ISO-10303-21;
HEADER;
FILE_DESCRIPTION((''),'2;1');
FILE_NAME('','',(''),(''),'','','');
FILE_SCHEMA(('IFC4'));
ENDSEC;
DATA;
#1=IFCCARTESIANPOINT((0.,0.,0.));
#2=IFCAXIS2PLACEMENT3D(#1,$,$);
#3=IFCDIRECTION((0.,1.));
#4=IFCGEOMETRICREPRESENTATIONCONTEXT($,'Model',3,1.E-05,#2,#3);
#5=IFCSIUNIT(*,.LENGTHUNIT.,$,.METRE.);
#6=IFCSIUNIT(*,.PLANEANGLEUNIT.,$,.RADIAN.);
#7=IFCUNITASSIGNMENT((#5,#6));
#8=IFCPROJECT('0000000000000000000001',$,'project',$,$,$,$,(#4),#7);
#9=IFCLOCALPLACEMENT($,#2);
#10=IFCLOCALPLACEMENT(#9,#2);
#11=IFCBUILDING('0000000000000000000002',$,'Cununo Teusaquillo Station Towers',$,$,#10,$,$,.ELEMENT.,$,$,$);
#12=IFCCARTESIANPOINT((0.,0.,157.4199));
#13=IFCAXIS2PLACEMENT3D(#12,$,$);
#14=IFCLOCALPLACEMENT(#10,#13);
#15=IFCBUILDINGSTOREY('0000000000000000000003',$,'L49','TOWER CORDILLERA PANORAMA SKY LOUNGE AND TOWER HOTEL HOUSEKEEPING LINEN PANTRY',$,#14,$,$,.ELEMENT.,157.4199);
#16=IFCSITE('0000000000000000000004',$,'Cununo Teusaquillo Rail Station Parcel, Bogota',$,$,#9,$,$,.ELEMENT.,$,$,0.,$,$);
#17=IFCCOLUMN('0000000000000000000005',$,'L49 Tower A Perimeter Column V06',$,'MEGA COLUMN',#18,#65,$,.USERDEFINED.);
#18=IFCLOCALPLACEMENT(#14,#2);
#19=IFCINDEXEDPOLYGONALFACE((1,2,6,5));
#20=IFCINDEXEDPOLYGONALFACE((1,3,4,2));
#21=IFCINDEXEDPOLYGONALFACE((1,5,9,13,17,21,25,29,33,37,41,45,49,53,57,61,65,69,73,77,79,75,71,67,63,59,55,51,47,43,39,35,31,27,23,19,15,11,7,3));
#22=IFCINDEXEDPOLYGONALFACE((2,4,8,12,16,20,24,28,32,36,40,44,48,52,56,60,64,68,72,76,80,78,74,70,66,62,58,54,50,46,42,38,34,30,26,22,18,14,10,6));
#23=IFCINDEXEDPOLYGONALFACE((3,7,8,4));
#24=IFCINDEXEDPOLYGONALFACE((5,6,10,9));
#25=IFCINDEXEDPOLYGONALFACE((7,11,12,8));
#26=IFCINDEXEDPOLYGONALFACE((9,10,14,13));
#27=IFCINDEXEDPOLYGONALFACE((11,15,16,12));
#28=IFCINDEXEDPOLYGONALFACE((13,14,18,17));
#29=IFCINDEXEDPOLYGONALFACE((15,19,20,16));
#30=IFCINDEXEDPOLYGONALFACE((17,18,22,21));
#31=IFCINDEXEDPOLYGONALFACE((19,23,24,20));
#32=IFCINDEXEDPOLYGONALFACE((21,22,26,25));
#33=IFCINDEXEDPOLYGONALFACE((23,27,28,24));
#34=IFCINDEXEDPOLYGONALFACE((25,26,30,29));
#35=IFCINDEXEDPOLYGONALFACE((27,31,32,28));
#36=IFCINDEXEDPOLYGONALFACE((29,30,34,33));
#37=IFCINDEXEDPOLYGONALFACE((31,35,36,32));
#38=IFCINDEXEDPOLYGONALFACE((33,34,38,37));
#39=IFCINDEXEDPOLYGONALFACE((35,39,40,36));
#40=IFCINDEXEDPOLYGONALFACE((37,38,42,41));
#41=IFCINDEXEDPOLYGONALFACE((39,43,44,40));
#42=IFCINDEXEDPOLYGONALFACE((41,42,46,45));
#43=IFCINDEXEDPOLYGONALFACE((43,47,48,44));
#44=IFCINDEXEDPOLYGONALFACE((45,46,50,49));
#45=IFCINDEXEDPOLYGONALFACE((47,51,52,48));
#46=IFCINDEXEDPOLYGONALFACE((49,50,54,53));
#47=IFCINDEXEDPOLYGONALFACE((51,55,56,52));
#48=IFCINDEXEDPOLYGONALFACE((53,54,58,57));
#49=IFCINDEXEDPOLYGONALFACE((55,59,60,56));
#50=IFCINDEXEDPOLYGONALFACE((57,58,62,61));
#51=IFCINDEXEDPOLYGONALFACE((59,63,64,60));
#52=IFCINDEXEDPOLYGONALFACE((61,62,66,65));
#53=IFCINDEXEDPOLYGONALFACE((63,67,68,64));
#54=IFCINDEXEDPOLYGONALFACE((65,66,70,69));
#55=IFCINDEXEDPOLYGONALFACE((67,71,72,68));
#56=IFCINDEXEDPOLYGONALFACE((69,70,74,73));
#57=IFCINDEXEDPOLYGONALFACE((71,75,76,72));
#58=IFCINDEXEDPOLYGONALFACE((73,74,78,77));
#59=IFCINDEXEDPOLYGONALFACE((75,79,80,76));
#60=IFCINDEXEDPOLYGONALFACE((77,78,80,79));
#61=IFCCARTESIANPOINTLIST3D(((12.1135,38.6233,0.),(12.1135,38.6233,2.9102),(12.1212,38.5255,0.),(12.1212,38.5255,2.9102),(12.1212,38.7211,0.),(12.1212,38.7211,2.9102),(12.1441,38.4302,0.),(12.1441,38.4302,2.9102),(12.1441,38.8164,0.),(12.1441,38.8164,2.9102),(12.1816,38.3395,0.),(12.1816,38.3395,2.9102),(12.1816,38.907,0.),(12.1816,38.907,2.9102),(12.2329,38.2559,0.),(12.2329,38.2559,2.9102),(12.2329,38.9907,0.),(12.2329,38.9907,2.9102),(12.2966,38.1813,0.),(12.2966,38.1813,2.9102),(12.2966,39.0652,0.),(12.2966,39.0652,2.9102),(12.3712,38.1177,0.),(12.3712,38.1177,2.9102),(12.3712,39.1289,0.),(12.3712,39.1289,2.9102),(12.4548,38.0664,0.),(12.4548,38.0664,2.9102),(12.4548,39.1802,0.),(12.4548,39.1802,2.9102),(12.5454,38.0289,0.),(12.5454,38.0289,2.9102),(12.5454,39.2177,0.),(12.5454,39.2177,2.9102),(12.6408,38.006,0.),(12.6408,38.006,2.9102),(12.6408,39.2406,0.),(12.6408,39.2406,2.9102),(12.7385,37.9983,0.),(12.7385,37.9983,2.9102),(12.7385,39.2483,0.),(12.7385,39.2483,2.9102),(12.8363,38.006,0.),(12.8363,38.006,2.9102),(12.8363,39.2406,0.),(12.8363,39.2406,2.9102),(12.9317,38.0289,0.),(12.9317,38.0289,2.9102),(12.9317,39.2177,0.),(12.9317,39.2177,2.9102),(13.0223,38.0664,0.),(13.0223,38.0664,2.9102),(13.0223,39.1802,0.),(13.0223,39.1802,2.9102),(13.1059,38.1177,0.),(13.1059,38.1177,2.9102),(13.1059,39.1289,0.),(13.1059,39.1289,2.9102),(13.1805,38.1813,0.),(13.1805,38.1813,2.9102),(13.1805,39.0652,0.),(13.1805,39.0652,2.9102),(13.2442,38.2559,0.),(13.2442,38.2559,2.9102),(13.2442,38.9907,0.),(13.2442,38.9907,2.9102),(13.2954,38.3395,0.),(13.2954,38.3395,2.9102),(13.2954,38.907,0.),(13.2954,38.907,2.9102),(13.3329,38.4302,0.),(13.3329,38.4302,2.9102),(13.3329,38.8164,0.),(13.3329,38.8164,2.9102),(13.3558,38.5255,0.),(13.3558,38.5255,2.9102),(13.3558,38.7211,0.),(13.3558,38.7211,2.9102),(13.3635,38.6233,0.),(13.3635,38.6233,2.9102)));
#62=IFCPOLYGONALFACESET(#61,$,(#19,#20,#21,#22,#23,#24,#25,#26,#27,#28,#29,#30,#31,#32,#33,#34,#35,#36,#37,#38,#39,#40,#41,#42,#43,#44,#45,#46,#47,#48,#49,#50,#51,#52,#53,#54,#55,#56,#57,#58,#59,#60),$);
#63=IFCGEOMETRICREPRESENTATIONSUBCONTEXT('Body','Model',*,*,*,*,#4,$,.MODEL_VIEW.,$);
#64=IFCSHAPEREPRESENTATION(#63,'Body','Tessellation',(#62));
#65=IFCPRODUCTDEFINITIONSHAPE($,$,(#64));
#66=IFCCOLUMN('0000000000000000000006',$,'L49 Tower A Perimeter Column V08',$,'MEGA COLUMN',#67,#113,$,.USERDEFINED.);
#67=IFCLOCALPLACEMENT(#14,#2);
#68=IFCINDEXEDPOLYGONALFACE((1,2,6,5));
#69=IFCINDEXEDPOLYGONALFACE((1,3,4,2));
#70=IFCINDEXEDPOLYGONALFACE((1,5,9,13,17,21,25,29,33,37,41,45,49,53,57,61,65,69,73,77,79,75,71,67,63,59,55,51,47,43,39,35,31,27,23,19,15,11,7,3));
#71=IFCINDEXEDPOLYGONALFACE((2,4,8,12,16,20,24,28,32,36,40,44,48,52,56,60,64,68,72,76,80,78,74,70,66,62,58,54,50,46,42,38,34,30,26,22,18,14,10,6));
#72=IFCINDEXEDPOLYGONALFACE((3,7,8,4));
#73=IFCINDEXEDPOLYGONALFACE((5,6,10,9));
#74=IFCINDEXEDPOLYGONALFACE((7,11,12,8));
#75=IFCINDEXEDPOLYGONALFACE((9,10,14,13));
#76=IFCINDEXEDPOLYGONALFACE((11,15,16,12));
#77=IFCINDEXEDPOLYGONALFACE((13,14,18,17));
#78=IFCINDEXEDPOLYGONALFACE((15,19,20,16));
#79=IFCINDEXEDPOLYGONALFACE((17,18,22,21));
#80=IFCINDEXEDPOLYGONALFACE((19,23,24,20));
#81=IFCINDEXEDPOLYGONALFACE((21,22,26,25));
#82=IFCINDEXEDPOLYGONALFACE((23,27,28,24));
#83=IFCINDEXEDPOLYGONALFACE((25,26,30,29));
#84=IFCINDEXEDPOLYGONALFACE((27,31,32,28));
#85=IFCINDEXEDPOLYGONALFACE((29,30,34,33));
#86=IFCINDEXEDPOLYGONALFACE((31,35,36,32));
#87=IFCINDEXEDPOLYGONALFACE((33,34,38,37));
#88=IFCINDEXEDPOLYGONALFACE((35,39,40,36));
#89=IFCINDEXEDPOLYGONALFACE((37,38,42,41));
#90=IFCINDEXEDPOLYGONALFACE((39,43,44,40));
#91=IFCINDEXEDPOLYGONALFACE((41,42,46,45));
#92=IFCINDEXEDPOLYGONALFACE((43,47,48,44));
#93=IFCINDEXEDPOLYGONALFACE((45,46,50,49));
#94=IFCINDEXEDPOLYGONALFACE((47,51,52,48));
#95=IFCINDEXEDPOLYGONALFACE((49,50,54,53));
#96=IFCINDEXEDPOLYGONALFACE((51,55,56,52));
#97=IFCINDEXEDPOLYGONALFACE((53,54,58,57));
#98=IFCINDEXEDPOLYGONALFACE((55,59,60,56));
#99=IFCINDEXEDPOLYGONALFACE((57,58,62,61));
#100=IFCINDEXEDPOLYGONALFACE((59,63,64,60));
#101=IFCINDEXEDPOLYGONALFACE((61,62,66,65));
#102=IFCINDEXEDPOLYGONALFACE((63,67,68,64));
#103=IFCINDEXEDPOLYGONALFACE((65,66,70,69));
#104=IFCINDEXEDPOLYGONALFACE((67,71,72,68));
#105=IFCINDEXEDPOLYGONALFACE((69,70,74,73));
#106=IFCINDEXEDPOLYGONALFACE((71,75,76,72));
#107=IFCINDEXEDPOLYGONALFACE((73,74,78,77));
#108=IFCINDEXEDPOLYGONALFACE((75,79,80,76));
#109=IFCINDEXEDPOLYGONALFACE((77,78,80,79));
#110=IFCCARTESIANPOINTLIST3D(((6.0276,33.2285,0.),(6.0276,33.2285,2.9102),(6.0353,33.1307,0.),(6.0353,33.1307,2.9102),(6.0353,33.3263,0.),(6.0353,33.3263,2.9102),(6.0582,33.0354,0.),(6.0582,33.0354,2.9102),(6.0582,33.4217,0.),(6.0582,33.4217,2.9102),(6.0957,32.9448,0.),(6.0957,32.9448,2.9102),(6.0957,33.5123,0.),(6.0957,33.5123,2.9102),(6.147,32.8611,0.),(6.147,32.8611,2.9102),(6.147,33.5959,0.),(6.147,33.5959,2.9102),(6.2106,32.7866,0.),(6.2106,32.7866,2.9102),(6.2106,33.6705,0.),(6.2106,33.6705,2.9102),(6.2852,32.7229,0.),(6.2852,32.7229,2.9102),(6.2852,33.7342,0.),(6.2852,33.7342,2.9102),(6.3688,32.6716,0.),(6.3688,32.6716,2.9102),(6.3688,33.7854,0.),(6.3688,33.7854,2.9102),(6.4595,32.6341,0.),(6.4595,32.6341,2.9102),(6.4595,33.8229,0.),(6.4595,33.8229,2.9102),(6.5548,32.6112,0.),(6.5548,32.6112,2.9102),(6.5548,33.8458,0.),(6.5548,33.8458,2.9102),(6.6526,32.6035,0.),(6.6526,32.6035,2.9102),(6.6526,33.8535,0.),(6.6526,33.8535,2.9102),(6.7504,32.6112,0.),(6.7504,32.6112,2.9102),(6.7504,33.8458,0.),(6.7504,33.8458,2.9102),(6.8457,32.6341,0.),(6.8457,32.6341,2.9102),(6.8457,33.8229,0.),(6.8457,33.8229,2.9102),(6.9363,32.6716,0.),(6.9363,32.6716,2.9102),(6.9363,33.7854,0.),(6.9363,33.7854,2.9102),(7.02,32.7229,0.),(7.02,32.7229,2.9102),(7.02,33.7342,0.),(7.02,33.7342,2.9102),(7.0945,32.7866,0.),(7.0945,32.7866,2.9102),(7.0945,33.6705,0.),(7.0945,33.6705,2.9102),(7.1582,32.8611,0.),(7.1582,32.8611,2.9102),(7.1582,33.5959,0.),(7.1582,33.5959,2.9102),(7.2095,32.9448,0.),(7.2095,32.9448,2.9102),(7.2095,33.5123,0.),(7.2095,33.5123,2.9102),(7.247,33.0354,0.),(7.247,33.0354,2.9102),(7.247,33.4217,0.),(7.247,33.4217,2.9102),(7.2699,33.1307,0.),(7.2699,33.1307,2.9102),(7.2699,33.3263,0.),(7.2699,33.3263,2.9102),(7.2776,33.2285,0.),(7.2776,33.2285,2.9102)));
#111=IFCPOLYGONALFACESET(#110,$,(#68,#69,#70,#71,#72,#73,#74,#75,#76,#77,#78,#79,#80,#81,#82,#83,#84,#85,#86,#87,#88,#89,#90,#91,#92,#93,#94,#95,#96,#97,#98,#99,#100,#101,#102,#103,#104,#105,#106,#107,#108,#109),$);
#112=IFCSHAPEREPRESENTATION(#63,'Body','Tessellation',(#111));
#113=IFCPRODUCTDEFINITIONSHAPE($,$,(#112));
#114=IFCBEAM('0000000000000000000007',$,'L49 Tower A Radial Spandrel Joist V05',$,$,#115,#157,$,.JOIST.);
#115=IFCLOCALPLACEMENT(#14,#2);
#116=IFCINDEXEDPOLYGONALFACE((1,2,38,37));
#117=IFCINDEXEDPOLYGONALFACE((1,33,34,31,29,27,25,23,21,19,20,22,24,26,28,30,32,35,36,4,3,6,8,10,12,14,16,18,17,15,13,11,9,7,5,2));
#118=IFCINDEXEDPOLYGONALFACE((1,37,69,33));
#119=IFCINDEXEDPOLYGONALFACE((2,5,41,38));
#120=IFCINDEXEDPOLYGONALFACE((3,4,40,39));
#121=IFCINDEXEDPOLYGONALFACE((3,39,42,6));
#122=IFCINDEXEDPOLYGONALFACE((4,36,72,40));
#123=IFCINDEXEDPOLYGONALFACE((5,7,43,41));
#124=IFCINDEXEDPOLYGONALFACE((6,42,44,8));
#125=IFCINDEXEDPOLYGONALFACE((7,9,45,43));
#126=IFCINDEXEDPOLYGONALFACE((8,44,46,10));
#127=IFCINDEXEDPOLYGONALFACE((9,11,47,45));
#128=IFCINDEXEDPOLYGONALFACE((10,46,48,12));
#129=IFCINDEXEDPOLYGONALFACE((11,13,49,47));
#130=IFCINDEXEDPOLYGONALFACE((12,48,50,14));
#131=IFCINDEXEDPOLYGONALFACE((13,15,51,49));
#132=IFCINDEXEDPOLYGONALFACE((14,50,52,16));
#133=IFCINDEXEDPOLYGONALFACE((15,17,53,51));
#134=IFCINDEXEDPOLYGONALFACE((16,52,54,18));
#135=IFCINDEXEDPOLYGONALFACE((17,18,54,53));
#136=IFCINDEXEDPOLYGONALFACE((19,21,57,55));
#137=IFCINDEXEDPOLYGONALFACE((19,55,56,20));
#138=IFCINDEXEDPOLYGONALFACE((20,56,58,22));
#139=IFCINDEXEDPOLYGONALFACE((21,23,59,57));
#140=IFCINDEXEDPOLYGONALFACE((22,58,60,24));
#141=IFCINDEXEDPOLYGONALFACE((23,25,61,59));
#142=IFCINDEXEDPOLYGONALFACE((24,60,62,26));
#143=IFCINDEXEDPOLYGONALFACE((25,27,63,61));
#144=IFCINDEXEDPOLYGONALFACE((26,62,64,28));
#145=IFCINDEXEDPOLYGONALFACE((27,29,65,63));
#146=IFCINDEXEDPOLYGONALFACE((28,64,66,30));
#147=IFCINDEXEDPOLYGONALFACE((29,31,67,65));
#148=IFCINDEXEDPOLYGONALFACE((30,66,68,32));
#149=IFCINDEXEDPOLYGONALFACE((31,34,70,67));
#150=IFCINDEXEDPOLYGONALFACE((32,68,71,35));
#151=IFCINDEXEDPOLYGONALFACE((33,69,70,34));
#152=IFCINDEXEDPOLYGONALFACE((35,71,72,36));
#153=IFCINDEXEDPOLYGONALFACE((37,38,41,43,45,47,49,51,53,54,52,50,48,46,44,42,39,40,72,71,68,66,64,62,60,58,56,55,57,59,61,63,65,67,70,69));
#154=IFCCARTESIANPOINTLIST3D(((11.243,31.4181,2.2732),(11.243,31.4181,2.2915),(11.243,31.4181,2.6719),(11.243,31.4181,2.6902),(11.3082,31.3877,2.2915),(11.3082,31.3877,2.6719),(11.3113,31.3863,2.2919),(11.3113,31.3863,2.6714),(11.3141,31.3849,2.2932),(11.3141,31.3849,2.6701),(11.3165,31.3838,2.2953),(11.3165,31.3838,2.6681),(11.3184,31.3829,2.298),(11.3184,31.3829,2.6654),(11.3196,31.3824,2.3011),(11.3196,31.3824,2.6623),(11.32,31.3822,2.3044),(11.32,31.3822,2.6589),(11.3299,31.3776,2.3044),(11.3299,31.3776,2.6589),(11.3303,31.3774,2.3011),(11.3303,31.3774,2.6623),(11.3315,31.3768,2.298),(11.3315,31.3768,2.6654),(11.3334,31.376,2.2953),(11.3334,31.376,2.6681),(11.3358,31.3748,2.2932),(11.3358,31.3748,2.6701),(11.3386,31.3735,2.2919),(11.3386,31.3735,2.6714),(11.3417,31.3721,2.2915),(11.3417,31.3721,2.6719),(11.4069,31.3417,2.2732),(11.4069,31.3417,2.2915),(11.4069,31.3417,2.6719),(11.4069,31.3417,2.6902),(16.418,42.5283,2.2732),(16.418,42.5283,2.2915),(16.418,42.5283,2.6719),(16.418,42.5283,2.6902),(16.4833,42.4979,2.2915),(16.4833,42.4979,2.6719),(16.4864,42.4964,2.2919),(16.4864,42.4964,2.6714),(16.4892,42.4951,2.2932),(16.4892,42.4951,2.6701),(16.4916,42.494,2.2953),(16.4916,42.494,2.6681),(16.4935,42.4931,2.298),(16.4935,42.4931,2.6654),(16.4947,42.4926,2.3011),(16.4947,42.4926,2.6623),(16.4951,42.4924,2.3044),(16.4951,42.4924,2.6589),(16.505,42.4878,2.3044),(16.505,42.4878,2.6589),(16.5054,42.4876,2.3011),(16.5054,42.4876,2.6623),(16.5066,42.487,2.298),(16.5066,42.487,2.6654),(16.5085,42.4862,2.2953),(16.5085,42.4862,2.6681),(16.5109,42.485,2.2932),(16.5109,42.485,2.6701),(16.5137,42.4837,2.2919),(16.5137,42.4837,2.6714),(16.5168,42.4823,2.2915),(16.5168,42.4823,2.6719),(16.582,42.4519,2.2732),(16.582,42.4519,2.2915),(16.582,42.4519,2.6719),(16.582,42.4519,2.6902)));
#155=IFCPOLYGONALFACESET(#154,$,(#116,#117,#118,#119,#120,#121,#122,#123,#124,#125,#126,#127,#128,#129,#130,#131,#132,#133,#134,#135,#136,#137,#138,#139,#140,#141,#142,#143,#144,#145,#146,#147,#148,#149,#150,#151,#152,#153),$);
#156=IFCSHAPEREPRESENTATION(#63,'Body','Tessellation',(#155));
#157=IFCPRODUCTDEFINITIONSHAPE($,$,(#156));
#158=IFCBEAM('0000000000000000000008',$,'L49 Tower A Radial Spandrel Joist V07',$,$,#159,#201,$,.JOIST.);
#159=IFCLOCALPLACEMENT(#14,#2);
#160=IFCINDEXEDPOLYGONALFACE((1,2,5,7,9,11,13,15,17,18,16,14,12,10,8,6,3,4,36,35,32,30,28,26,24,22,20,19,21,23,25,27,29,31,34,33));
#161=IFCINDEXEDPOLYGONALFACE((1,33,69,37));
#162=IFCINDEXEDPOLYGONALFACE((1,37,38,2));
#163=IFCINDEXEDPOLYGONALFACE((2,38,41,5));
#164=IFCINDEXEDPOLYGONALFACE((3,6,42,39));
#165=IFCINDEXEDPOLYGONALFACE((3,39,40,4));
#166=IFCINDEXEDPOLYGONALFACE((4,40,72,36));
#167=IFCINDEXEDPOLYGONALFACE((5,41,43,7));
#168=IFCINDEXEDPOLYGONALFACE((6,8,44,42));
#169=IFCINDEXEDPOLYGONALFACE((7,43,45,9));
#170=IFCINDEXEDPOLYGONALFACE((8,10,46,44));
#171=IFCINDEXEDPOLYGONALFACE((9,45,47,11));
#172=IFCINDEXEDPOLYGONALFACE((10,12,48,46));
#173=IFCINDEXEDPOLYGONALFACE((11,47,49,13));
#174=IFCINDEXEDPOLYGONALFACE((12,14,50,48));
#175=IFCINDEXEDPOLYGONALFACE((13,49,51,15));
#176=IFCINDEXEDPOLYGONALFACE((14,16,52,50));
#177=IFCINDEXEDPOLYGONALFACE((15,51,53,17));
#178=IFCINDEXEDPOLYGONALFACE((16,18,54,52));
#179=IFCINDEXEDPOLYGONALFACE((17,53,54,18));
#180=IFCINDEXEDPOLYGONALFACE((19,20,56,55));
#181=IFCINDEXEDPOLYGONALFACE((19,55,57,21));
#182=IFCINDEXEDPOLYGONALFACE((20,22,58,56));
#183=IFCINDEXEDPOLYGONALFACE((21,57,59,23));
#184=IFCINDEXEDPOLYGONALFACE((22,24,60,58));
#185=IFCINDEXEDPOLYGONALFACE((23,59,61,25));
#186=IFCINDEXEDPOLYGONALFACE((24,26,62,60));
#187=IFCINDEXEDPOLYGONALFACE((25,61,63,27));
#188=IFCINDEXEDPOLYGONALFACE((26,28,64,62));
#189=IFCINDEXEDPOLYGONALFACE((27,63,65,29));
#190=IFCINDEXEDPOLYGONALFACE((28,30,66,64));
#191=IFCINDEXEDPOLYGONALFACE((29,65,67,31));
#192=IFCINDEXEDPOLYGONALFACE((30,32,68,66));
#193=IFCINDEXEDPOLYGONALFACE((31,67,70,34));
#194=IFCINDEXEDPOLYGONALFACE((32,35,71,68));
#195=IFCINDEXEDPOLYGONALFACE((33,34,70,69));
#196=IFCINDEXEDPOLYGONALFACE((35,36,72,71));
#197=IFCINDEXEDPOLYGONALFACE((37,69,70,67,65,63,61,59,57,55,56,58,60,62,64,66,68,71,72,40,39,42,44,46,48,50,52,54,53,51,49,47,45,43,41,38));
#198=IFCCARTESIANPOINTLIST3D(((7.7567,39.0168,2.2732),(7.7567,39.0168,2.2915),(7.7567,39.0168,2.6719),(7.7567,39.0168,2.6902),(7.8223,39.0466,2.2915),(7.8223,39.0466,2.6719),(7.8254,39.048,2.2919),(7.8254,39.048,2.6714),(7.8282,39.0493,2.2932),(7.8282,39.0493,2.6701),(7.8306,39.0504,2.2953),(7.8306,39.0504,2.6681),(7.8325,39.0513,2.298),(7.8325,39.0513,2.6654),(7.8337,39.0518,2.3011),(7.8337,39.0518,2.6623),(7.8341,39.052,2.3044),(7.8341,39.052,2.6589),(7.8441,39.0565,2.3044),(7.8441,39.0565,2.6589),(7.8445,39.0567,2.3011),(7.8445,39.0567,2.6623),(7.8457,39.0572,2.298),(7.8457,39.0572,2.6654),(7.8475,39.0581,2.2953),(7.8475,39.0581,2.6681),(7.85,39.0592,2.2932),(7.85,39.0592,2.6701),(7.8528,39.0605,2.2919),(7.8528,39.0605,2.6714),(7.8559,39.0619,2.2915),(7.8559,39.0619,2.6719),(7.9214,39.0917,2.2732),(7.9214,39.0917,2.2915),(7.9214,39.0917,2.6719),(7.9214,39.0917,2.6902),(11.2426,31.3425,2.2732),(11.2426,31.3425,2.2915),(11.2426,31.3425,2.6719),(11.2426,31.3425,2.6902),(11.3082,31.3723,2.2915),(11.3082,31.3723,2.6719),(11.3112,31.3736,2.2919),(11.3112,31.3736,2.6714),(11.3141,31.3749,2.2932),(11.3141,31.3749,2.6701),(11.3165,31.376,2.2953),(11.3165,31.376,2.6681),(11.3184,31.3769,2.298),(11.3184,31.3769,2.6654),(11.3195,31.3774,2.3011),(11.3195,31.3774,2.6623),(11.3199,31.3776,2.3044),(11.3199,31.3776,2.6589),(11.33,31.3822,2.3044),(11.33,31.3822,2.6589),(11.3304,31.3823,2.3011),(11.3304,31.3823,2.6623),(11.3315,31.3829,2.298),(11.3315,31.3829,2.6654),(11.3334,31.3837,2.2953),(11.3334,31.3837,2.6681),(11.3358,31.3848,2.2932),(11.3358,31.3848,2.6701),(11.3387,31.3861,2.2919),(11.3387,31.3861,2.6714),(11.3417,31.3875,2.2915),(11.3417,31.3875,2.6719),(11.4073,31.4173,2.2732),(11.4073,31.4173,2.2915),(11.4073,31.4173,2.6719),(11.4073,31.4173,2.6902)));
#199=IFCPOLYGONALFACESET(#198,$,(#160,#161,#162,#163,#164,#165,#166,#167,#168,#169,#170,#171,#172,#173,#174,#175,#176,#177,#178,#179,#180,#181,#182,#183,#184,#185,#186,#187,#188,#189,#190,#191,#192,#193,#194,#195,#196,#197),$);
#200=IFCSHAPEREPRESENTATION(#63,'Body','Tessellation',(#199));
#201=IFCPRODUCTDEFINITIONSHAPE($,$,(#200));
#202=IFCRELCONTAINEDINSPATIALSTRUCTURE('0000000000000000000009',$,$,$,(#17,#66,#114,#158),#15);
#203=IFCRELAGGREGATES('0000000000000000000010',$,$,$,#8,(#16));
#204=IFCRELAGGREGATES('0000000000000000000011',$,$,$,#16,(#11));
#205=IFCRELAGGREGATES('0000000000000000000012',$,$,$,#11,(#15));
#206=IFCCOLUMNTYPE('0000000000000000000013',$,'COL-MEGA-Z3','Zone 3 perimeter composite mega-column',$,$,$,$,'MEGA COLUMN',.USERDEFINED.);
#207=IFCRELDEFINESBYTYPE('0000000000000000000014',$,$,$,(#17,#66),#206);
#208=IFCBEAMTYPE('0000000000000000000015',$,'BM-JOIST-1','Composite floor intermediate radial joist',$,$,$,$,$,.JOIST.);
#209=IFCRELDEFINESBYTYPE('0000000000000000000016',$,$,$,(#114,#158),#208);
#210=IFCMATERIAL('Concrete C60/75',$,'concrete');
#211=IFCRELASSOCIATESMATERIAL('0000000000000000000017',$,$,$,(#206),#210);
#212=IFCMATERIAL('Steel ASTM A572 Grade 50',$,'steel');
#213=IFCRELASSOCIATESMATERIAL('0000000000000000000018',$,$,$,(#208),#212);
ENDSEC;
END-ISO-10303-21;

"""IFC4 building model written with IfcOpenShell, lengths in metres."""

from ifc_helpers import new_model, si_unit, direction, frame, origin, origin_2d, place, context, subcontext, project, spatial, circle, i_section, extrude, material, material_profile, profile_set, type_object, element, save


model = new_model("IFC4")

# Units and contexts
model_context = context("Model", 3, precision=1e-05, world=origin(), true_north=direction((0.0, 1.0)))
body_context = subcontext(model_context, "Body", "Model", "MODEL_VIEW")
ifc_project = project(units=[si_unit("LENGTHUNIT", "METRE"), si_unit("PLANEANGLEUNIT", "RADIAN")], contexts=[model_context])

# Site, building, storey
site_placement = place(None, origin())
site = spatial("IfcSite", under=ifc_project, at=site_placement, Name="Cununo Teusaquillo Rail Station Parcel, Bogota", CompositionType="ELEMENT", RefElevation=0.0)
building_placement = place(site_placement, origin())
building = spatial("IfcBuilding", under=site, at=building_placement, Name="Cununo Teusaquillo Station Towers", CompositionType="ELEMENT")
storey_placement = place(building_placement, frame((0.0, 0.0, 157.4199)))
storey = spatial("IfcBuildingStorey", under=building, at=storey_placement, Name="L49", Description="TOWER CORDILLERA PANORAMA SKY LOUNGE AND TOWER HOTEL HOUSEKEEPING LINEN PANTRY", CompositionType="ELEMENT", Elevation=157.4199)

# Columns
ifc_material_1 = material(Name="Concrete C60/75", Category="concrete")
ifc_material_profile_1 = material_profile(ifc_material_1, circle(Radius=0.625, at=origin_2d()), Name="RC-CIRC-1250")
ifc_profile_set_1 = profile_set([ifc_material_profile_1], Name="Concrete C60/75")
column_type = type_object("IfcColumnType", Name="COL-MEGA-Z3", Description="Zone 3 perimeter composite mega-column", ElementType="MEGA COLUMN", PredefinedType="USERDEFINED", material=ifc_profile_set_1)
for number, where, z_axis, x_axis, name in (
    (1, (12.7385, 38.6233, 0.0), (0.0, 0.0, 1.0), (1.0, 0.0, 0.0), "L49 Tower A Perimeter Column V06"),
    (2, (6.6526, 33.2285, 0.0), (0.0, 0.0, 1.0), (1.0, 0.0, 0.0), "L49 Tower A Perimeter Column V08"),
):
    element("IfcColumn", number, at=place(storey_placement, frame(where, z_axis=z_axis, x_axis=x_axis)), inside=storey, type_object=column_type, Name=name, ObjectType="MEGA COLUMN", PredefinedType="USERDEFINED", context=body_context, shape_type="SweptSolid", body=[
        extrude(circle(Radius=0.625, at=origin_2d()), origin(), (0.0, 0.0, 1.0), 2.9102),
    ])

# Beams
ifc_material_2 = material(Name="Steel ASTM A572 Grade 50", Category="steel")
ifc_material_profile_2 = material_profile(ifc_material_2, i_section(OverallWidth=0.1809, OverallDepth=0.417, WebThickness=0.011, FlangeThickness=0.0183, FilletRadius=0.0129, at=origin_2d()), Name="W16X57")
ifc_profile_set_2 = profile_set([ifc_material_profile_2], Name="Steel ASTM A572 Grade 50")
beam_type_1 = type_object("IfcBeamType", Name="BM-JOIST-1", Description="Composite floor intermediate radial joist", PredefinedType="JOIST", material=ifc_profile_set_2)
beam_1_placement = place(storey_placement, frame((11.325, 31.3799, 2.4817), z_axis=(0.422238, 0.906485, 0.0), x_axis=(-0.906485, 0.422238, 0.0)))
element("IfcBeam", 3, at=beam_1_placement, inside=storey, type_object=beam_type_1, Name="L49 Tower A Radial Spandrel Joist V05", PredefinedType="JOIST", context=body_context, shape_type="SweptSolid", body=[
    extrude(i_section(OverallWidth=0.1809, OverallDepth=0.417, WebThickness=0.011, FlangeThickness=0.0183, FilletRadius=0.0129, at=origin_2d()), origin(), (0.0, 0.0, 1.0), 12.2563),
])
beam_2_placement = place(storey_placement, frame((11.325, 31.3799, 2.4817), z_axis=(-0.413559, 0.910478, 0.0), x_axis=(-0.910478, -0.413559, 0.0)))
element("IfcBeam", 4, at=beam_2_placement, inside=storey, type_object=beam_type_1, Name="L49 Tower A Radial Spandrel Joist V07", PredefinedType="JOIST", context=body_context, shape_type="SweptSolid", body=[
    extrude(i_section(OverallWidth=0.1809, OverallDepth=0.417, WebThickness=0.011, FlangeThickness=0.0183, FilletRadius=0.0129, at=origin_2d()), origin(), (0.0, 0.0, 1.0), 8.429),
])

save(model, "model.ifc")
